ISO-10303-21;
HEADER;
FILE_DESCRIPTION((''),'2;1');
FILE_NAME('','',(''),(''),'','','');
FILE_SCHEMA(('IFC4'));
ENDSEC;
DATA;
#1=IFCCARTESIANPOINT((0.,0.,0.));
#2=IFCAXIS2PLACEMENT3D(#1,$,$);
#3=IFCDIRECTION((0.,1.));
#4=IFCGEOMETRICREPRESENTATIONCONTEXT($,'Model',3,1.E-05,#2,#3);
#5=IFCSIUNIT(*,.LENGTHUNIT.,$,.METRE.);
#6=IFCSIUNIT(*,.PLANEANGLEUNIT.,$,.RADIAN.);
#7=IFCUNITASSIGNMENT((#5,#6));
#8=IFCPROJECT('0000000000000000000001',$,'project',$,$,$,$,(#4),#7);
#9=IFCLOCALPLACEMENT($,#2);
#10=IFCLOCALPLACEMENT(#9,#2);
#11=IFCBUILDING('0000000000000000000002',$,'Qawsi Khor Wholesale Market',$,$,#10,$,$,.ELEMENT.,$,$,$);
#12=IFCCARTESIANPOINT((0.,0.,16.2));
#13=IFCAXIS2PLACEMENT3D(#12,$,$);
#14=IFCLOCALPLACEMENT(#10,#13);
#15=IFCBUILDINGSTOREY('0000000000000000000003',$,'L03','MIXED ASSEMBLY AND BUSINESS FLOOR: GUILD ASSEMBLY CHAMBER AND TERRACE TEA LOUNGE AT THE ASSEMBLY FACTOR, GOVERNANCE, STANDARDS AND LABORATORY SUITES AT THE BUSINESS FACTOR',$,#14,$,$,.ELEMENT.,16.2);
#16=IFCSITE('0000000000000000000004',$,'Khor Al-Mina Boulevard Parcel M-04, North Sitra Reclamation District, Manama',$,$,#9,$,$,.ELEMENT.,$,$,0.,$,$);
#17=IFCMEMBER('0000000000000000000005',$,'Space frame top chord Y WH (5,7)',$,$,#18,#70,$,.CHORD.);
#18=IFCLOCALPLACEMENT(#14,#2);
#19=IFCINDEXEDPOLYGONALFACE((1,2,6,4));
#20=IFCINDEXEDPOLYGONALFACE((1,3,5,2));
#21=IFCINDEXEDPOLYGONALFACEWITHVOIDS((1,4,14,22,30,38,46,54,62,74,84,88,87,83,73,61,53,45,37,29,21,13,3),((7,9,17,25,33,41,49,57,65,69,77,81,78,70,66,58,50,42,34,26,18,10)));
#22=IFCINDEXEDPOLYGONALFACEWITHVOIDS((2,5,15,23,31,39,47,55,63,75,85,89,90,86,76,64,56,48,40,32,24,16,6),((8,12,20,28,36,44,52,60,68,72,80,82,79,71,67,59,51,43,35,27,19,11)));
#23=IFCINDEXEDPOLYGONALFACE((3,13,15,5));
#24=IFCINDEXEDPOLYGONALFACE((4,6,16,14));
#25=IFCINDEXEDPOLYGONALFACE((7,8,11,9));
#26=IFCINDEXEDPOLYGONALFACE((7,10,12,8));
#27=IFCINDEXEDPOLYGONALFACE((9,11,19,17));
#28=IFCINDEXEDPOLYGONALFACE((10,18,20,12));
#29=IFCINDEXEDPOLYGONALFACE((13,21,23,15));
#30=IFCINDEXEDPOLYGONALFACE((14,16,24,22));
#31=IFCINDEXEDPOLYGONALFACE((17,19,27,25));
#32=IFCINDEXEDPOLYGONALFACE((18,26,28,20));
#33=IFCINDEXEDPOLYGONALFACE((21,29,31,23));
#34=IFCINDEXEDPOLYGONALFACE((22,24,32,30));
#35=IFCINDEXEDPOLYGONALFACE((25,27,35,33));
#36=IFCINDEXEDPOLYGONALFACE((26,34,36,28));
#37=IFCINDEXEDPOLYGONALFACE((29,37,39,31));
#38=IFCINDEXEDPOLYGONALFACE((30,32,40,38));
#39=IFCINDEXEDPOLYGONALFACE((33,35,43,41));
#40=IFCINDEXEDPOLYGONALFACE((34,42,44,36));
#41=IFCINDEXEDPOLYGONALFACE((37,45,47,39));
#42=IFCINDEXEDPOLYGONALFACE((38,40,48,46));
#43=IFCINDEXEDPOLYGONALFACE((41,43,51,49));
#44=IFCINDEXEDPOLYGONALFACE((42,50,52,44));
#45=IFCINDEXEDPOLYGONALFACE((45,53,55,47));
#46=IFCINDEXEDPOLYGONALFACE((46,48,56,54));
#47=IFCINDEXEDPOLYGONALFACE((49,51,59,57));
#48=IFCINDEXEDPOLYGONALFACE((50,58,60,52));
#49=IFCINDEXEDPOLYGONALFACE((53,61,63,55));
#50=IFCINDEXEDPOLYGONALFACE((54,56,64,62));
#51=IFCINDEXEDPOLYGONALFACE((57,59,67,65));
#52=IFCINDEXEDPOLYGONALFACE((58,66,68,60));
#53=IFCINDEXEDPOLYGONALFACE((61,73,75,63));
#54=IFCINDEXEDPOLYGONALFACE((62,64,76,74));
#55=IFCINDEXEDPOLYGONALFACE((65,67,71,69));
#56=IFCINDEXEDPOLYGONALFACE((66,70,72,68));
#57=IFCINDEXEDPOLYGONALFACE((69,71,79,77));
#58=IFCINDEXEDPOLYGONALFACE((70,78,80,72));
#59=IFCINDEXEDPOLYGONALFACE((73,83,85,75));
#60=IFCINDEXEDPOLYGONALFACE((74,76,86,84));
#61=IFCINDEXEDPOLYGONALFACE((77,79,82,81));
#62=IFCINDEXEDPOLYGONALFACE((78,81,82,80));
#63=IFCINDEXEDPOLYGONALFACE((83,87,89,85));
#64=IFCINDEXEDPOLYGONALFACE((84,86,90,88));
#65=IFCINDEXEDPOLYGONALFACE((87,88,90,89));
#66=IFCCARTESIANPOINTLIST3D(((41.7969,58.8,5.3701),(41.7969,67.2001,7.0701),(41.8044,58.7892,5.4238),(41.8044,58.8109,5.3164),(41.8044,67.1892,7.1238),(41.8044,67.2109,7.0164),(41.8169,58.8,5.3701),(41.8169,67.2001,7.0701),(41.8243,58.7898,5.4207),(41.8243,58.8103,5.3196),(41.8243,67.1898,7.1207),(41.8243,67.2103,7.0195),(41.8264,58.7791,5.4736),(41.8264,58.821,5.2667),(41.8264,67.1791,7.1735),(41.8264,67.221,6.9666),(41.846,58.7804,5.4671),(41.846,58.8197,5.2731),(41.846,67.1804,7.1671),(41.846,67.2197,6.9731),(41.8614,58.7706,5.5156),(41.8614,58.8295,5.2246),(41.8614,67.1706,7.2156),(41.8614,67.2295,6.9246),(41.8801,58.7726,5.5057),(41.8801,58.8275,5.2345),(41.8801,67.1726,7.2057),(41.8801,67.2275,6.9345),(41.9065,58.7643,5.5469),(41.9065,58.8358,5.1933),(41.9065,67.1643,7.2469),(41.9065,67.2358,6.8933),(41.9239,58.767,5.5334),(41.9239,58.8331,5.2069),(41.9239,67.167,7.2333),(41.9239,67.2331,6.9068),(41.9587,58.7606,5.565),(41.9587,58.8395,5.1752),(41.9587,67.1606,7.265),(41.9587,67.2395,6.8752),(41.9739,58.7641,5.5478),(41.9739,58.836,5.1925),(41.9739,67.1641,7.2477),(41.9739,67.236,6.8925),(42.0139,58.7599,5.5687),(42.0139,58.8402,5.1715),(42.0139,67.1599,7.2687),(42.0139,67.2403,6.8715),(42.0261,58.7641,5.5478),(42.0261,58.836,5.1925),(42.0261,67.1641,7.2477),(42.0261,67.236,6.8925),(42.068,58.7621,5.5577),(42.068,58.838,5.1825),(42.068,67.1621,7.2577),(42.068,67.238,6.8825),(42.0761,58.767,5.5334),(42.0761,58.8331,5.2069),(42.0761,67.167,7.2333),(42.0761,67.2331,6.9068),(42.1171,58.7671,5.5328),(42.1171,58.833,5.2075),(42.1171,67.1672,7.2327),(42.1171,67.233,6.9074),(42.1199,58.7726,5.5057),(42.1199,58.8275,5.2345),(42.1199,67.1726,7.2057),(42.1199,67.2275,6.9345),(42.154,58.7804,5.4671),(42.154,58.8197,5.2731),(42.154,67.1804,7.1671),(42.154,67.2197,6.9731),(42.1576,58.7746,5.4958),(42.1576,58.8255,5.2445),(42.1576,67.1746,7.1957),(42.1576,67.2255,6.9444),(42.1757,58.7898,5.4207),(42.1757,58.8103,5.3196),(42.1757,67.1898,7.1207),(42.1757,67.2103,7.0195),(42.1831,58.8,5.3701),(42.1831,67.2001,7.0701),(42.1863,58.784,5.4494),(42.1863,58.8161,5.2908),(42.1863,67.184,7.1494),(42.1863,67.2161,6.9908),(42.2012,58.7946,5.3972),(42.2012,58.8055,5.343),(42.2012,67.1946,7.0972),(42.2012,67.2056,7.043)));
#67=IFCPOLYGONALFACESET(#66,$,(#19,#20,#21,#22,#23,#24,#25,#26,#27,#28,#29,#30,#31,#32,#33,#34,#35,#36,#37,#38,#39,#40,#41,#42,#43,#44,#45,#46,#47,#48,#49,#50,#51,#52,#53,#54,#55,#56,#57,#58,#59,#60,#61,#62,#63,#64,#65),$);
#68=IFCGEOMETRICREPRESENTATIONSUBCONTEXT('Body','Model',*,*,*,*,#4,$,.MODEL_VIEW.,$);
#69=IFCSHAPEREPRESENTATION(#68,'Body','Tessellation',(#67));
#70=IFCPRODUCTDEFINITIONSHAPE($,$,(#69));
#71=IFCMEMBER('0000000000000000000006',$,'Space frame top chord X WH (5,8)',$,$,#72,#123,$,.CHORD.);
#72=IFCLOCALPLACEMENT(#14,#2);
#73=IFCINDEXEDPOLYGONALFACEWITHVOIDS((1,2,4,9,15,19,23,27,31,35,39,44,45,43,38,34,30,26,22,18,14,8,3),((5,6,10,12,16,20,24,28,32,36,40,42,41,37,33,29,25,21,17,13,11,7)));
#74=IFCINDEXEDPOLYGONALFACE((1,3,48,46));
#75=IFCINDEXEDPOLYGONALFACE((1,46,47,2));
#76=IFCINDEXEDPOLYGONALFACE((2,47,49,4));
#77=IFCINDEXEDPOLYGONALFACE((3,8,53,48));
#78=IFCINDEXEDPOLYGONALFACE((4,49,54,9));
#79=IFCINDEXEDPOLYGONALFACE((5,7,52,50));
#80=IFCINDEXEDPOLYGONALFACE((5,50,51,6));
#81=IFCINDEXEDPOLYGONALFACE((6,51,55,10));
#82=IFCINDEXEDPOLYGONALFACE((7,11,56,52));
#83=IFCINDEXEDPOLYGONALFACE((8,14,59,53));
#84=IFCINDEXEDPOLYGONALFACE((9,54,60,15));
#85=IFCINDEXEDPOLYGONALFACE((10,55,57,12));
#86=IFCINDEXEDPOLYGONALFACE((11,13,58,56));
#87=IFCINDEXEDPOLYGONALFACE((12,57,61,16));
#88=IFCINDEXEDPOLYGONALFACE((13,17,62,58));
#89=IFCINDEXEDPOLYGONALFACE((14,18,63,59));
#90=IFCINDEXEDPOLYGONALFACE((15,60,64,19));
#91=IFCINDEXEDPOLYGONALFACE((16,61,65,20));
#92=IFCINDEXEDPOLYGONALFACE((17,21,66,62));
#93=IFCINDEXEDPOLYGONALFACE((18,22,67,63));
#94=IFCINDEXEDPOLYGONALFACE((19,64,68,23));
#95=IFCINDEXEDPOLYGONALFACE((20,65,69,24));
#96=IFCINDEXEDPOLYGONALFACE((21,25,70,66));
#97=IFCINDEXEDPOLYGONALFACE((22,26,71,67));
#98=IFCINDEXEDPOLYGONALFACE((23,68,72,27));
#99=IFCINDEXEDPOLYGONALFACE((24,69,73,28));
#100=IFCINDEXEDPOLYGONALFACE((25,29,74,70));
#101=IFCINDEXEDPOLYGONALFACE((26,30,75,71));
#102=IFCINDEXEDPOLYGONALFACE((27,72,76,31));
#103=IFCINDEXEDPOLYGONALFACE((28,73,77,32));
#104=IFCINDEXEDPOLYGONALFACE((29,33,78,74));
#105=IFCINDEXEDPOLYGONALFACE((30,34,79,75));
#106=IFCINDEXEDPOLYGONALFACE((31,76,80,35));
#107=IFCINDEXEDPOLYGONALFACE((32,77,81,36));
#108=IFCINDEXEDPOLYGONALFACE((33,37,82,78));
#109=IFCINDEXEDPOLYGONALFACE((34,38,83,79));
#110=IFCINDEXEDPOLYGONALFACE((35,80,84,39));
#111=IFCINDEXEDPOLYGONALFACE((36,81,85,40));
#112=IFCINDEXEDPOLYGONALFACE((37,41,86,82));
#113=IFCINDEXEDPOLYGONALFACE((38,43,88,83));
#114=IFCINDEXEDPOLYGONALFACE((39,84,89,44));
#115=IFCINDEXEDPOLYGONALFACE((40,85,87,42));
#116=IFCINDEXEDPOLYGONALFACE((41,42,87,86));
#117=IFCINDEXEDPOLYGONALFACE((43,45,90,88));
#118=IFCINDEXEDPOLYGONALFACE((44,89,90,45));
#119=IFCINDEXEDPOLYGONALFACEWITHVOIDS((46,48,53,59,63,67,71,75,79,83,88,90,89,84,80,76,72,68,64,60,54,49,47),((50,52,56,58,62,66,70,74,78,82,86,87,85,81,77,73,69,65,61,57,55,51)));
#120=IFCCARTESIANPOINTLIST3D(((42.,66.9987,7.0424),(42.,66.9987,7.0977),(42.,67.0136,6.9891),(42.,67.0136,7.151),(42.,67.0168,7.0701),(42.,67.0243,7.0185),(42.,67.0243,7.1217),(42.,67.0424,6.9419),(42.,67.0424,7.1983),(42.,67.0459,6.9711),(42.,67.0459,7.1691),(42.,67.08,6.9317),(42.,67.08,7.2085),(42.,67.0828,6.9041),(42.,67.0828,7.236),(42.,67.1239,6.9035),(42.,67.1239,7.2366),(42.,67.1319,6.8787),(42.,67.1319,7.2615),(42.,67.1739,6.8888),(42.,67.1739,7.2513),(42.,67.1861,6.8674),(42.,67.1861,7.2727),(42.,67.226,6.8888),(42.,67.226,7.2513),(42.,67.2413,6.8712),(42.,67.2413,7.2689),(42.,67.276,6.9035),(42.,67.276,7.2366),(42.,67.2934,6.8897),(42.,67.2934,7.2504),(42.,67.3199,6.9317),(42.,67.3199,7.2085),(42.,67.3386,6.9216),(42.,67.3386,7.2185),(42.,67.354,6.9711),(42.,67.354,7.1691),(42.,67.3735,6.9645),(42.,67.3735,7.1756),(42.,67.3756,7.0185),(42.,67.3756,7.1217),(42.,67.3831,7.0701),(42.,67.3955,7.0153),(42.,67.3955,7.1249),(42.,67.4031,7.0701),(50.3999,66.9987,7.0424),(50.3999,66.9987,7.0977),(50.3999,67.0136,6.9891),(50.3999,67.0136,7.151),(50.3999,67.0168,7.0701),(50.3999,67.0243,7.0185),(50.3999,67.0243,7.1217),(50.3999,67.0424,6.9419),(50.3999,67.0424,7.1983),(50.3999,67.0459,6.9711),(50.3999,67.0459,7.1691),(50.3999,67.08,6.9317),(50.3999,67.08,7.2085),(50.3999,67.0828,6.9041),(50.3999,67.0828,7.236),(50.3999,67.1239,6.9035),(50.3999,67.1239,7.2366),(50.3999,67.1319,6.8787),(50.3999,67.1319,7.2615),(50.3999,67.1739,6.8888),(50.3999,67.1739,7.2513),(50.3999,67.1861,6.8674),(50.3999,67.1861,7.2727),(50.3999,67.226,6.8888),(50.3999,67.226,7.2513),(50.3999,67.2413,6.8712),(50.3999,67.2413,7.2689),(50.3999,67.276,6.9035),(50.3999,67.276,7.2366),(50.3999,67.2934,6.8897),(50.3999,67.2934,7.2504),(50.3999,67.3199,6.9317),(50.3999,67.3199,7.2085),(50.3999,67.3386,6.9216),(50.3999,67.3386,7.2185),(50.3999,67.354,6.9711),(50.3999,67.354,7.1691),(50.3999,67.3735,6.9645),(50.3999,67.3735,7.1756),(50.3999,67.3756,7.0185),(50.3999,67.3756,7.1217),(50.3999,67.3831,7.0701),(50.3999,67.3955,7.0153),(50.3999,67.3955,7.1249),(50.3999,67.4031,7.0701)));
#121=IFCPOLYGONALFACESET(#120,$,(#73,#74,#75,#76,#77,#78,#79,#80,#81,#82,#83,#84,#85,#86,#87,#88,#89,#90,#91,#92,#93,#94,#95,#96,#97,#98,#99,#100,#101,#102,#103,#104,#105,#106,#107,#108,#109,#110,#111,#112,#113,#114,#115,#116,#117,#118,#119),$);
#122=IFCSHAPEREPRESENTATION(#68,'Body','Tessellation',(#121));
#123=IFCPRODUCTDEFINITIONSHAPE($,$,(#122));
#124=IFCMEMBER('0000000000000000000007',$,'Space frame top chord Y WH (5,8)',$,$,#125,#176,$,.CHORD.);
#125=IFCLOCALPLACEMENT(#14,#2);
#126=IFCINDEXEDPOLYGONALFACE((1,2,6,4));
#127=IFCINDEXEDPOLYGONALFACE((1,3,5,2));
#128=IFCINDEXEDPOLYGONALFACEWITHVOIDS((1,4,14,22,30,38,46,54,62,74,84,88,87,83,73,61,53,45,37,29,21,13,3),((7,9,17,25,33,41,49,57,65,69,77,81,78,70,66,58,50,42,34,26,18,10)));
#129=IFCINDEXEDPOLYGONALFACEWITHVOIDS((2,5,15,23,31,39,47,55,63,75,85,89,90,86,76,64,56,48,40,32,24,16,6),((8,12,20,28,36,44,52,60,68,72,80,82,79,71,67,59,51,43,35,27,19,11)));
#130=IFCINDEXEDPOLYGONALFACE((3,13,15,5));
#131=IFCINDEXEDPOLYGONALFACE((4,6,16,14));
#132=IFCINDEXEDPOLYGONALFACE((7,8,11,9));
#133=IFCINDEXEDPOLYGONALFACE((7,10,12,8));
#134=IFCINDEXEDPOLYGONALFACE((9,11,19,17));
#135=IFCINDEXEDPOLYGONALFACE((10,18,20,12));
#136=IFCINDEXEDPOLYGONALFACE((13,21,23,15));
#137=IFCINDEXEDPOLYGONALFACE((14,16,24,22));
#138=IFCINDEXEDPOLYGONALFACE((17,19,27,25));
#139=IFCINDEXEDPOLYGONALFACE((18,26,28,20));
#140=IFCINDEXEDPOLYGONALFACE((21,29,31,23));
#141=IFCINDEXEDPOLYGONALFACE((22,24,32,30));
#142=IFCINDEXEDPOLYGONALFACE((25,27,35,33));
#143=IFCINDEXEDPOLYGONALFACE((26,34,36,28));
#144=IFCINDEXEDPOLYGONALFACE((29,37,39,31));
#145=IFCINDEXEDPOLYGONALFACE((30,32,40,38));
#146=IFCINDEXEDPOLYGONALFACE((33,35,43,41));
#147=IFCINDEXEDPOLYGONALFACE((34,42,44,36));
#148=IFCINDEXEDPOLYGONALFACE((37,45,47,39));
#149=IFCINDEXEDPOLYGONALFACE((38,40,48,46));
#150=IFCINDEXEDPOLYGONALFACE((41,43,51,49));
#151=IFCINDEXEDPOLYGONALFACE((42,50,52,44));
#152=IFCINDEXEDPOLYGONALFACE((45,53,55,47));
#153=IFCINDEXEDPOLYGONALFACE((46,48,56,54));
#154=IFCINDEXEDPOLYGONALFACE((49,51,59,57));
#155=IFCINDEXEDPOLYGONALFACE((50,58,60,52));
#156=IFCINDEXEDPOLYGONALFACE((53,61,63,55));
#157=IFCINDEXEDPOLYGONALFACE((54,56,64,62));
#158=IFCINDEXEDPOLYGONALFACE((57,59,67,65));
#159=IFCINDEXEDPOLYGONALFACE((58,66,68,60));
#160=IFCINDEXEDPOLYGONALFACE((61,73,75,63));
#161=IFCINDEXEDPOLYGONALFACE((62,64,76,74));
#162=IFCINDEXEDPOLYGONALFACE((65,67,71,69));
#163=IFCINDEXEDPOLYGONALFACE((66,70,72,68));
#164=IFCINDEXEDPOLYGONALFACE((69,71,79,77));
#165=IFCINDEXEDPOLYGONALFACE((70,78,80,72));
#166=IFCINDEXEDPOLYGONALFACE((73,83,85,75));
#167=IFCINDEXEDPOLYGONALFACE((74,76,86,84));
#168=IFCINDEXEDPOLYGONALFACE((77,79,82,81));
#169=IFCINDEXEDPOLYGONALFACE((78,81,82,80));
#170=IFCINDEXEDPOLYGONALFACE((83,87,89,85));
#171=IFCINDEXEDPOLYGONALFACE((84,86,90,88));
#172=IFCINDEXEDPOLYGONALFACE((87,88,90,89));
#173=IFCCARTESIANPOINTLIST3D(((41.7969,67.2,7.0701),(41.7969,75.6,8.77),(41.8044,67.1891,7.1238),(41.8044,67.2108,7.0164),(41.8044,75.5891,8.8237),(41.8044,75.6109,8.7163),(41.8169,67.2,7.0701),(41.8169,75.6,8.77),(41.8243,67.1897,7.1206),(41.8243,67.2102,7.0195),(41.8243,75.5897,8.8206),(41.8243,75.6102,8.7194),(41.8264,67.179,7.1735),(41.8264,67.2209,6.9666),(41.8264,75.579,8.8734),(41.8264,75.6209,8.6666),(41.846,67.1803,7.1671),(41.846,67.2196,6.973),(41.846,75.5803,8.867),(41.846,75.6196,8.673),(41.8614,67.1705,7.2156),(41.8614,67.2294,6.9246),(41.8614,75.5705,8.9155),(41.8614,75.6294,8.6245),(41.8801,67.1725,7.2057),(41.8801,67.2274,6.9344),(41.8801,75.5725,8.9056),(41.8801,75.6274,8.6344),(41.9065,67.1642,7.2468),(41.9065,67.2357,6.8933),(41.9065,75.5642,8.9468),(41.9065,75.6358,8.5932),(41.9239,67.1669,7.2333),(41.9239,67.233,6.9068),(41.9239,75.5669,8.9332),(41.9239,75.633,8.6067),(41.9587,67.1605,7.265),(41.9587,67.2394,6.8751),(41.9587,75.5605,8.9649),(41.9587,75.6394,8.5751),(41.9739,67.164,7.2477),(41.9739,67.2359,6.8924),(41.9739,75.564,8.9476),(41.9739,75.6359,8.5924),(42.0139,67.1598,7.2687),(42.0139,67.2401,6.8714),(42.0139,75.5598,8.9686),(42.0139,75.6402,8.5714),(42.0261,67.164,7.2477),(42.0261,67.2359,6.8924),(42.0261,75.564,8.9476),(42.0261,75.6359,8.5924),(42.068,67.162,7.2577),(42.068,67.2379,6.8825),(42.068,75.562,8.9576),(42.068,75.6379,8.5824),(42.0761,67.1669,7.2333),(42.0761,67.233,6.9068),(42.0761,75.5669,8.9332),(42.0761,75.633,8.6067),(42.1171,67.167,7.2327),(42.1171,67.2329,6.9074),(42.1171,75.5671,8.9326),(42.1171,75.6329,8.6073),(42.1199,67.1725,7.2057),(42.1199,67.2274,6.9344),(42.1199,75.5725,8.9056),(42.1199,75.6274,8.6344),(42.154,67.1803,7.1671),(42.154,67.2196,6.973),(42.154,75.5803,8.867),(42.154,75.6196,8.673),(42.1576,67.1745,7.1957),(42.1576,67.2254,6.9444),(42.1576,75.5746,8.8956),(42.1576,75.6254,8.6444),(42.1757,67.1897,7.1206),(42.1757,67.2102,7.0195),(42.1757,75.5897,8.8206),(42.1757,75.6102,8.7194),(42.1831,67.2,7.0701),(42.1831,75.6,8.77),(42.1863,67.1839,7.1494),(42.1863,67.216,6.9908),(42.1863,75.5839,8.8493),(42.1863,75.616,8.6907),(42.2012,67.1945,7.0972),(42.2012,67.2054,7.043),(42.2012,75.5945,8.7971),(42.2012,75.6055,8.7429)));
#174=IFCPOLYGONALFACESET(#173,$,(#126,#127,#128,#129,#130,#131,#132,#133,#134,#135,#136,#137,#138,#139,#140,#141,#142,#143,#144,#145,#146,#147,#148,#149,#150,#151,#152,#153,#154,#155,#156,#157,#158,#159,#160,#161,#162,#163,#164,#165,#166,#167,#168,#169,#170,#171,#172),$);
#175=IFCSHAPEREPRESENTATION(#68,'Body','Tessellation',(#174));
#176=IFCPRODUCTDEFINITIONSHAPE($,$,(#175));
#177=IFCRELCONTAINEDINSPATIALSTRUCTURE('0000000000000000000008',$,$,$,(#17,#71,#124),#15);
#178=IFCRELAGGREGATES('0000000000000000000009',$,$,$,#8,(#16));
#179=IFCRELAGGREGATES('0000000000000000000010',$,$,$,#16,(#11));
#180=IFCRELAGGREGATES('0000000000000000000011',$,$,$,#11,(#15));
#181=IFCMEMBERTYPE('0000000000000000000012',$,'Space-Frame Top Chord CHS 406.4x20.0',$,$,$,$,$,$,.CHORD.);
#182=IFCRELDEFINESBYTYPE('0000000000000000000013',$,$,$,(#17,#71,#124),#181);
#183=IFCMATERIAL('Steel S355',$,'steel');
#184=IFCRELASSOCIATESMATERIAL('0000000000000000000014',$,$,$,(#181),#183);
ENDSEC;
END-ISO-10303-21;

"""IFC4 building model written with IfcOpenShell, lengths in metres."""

from ifc_helpers import new_model, si_unit, direction, frame, origin, origin_2d, place, context, subcontext, project, spatial, hollow_circle, extrude, material, material_profile, profile_set, type_object, element, save


model = new_model("IFC4")

# Units and contexts
model_context = context("Model", 3, precision=1e-05, world=origin(), true_north=direction((0.0, 1.0)))
body_context = subcontext(model_context, "Body", "Model", "MODEL_VIEW")
ifc_project = project(units=[si_unit("LENGTHUNIT", "METRE"), si_unit("PLANEANGLEUNIT", "RADIAN")], contexts=[model_context])

# Site, building, storey
site_placement = place(None, origin())
site = spatial("IfcSite", under=ifc_project, at=site_placement, Name="Khor Al-Mina Boulevard Parcel M-04, North Sitra Reclamation District, Manama", CompositionType="ELEMENT", RefElevation=0.0)
building_placement = place(site_placement, origin())
building = spatial("IfcBuilding", under=site, at=building_placement, Name="Qawsi Khor Wholesale Market", CompositionType="ELEMENT")
storey_placement = place(building_placement, frame((0.0, 0.0, 16.2)))
storey = spatial("IfcBuildingStorey", under=building, at=storey_placement, Name="L03", Description="MIXED ASSEMBLY AND BUSINESS FLOOR: GUILD ASSEMBLY CHAMBER AND TERRACE TEA LOUNGE AT THE ASSEMBLY FACTOR, GOVERNANCE, STANDARDS AND LABORATORY SUITES AT THE BUSINESS FACTOR", CompositionType="ELEMENT", Elevation=16.2)

# Members
ifc_material_1 = material(Name="Steel S355", Category="steel")
ifc_material_profile_1 = material_profile(ifc_material_1, hollow_circle(Radius=0.2031, WallThickness=0.02, at=origin_2d()), Name="CHS 406.4x20.0")
ifc_profile_set_1 = profile_set([ifc_material_profile_1], Name="Steel S355")
member_type_1 = type_object("IfcMemberType", Name="Space-Frame Top Chord CHS 406.4x20.0", PredefinedType="CHORD", material=ifc_profile_set_1)
for number, where, z_axis, x_axis, name in (
    (1, (42.0, 58.8, 5.3701), (0.0, 0.98013, 0.198356), (-1.0, 0.0, 0.0), "Space frame top chord Y WH (5,7)"),
):
    element("IfcMember", number, at=place(storey_placement, frame(where, z_axis=z_axis, x_axis=x_axis)), inside=storey, type_object=member_type_1, Name=name, PredefinedType="CHORD", context=body_context, shape_type="SweptSolid", body=[
        extrude(hollow_circle(Radius=0.2031, WallThickness=0.02, at=origin_2d()), origin(), (0.0, 0.0, 1.0), 8.5703),
    ])
member_1_placement = place(storey_placement, frame((42.0, 67.2, 7.0701), z_axis=(1.0, 0.0, 0.0), x_axis=(0.0, 1.0, 0.0)))
element("IfcMember", 2, at=member_1_placement, inside=storey, type_object=member_type_1, Name="Space frame top chord X WH (5,8)", PredefinedType="CHORD", context=body_context, shape_type="SweptSolid", body=[
    extrude(hollow_circle(Radius=0.2031, WallThickness=0.02, at=origin_2d()), origin(), (0.0, 0.0, 1.0), 8.3999),
])
member_2_placement = place(storey_placement, frame((42.0, 67.2, 7.0701), z_axis=(0.0, 0.980131, 0.198351), x_axis=(-1.0, 0.0, 0.0)))
element("IfcMember", 3, at=member_2_placement, inside=storey, type_object=member_type_1, Name="Space frame top chord Y WH (5,8)", PredefinedType="CHORD", context=body_context, shape_type="SweptSolid", body=[
    extrude(hollow_circle(Radius=0.2031, WallThickness=0.02, at=origin_2d()), origin(), (0.0, 0.0, 1.0), 8.5703),
])

save(model, "model.ifc")
